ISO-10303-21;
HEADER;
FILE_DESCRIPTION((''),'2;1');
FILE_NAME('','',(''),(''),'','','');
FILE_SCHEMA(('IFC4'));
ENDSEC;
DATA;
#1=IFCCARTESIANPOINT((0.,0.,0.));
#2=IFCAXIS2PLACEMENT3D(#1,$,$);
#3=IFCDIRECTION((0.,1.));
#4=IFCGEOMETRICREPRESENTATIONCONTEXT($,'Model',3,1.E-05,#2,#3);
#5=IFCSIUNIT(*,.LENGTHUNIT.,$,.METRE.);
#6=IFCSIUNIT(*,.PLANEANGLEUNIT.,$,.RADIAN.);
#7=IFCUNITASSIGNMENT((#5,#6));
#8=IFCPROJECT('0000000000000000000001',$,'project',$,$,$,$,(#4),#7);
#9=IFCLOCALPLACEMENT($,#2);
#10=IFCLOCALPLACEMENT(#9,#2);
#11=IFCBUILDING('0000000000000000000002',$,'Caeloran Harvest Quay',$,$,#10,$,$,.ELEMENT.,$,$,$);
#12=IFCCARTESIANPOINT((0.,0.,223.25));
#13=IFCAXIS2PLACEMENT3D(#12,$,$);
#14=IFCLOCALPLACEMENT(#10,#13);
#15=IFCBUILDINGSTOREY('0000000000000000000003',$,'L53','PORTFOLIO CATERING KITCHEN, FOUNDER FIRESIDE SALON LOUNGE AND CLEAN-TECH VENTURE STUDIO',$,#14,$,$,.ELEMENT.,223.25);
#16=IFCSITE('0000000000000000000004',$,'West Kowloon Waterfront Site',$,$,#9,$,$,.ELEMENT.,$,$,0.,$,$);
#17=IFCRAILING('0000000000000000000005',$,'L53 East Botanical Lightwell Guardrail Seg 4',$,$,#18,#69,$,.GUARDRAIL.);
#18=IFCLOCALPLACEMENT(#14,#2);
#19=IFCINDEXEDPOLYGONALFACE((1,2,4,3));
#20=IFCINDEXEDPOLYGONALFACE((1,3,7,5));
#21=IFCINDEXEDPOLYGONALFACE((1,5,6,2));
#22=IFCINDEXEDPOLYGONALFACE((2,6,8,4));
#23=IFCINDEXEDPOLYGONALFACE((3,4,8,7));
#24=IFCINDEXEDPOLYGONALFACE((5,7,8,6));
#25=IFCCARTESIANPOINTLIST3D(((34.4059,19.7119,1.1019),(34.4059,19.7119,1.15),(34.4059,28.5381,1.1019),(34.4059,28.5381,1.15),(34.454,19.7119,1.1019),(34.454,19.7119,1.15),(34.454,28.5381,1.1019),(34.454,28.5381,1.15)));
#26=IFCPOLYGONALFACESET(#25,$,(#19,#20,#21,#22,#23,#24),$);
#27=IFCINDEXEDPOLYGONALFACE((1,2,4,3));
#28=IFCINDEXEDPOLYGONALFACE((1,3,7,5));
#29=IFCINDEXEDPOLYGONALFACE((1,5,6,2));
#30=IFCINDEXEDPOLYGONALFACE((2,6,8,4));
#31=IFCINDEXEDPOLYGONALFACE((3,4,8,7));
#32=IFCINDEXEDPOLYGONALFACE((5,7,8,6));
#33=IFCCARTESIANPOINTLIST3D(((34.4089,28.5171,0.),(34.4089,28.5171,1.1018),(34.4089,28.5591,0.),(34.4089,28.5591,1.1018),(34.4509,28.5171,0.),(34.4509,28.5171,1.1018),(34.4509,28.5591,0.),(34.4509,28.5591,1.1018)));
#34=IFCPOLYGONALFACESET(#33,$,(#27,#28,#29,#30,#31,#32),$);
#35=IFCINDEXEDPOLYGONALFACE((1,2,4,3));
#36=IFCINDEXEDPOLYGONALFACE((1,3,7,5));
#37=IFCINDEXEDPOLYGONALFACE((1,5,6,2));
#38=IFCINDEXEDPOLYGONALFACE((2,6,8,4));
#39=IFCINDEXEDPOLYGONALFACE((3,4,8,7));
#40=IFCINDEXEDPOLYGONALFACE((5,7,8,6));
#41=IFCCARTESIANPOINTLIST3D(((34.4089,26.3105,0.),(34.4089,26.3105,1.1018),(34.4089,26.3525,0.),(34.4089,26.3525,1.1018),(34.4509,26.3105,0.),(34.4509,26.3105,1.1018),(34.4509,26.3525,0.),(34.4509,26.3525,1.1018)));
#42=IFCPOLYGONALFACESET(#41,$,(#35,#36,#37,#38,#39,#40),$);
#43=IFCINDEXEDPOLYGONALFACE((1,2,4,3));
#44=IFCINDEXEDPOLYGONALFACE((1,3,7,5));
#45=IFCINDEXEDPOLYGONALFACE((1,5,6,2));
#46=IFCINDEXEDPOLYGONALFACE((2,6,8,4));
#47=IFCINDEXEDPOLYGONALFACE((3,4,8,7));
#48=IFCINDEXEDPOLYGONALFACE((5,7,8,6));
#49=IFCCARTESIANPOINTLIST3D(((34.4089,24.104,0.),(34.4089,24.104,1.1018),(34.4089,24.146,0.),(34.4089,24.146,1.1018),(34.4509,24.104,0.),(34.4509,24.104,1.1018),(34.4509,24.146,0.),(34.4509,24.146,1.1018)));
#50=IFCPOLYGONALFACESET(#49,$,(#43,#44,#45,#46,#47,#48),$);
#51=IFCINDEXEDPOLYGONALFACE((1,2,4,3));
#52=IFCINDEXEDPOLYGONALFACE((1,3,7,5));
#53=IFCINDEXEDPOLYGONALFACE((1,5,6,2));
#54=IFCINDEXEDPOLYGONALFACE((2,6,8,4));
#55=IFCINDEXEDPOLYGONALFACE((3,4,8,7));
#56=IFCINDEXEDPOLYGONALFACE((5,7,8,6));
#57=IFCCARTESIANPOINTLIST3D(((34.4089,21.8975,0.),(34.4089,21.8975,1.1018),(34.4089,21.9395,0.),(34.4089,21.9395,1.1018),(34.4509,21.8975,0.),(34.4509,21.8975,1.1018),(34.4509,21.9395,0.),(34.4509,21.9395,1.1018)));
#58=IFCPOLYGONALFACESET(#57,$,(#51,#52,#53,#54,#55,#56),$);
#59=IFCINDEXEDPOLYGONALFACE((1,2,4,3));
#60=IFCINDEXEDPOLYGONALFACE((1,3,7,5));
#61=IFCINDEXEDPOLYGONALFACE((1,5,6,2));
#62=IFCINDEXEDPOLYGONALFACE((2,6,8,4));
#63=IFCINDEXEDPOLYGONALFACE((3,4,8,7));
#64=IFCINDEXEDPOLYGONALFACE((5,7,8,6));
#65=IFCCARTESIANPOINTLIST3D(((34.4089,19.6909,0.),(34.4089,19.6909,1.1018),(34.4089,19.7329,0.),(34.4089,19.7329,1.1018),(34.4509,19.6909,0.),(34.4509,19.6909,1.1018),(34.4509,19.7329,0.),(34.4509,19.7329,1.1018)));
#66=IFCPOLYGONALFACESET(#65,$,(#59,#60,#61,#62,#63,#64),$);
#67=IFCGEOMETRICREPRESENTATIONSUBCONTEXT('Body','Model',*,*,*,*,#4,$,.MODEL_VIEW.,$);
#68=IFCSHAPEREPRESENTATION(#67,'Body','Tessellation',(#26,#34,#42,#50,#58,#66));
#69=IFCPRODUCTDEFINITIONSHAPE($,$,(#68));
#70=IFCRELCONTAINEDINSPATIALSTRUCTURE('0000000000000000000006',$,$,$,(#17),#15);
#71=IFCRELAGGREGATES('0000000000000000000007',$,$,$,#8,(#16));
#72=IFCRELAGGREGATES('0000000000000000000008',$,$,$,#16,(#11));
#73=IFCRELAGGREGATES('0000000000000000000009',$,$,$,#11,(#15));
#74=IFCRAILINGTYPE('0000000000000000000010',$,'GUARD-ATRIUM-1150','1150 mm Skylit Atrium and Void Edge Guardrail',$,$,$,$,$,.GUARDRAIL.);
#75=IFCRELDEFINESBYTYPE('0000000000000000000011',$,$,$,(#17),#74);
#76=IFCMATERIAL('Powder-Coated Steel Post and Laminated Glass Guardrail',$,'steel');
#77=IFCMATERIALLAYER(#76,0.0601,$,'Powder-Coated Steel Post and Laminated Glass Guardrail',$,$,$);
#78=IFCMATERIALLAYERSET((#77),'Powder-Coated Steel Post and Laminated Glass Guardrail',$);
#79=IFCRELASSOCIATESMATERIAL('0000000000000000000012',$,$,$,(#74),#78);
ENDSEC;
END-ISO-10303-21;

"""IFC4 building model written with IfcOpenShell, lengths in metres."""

from ifc_helpers import new_model, si_unit, direction, frame, origin, origin_2d, place, context, subcontext, project, spatial, rectangle, extrude, material, layer, layer_set, type_object, element, save


model = new_model("IFC4")

# Units and contexts
model_context = context("Model", 3, precision=1e-05, world=origin(), true_north=direction((0.0, 1.0)))
body_context = subcontext(model_context, "Body", "Model", "MODEL_VIEW")
ifc_project = project(units=[si_unit("LENGTHUNIT", "METRE"), si_unit("PLANEANGLEUNIT", "RADIAN")], contexts=[model_context])

# Site, building, storey
site_placement = place(None, origin())
site = spatial("IfcSite", under=ifc_project, at=site_placement, Name="West Kowloon Waterfront Site", CompositionType="ELEMENT", RefElevation=0.0)
building_placement = place(site_placement, origin())
building = spatial("IfcBuilding", under=site, at=building_placement, Name="Caeloran Harvest Quay", CompositionType="ELEMENT")
storey_placement = place(building_placement, frame((0.0, 0.0, 223.25)))
storey = spatial("IfcBuildingStorey", under=building, at=storey_placement, Name="L53", Description="PORTFOLIO CATERING KITCHEN, FOUNDER FIRESIDE SALON LOUNGE AND CLEAN-TECH VENTURE STUDIO", CompositionType="ELEMENT", Elevation=223.25)

# Railing
ifc_material_1 = material(Name="Powder-Coated Steel Post and Laminated Glass Guardrail", Category="steel")
ifc_layer_1 = layer(ifc_material_1, 0.0601, Name="Powder-Coated Steel Post and Laminated Glass Guardrail")
ifc_layer_set_1 = layer_set([ifc_layer_1], Name="Powder-Coated Steel Post and Laminated Glass Guardrail")
railing_type = type_object("IfcRailingType", Name="GUARD-ATRIUM-1150", Description="1150 mm Skylit Atrium and Void Edge Guardrail", PredefinedType="GUARDRAIL", material=ifc_layer_set_1)
railing_1_placement = place(storey_placement, frame((34.4299, 28.5381, 0.0)))
element("IfcRailing", 1, at=railing_1_placement, inside=storey, type_object=railing_type, Name="L53 East Botanical Lightwell Guardrail Seg 4", PredefinedType="GUARDRAIL", context=body_context, shape_type="SweptSolid", body=[
    extrude(rectangle(XDim=0.0481, YDim=0.0481, at=origin_2d()), frame((0.0, 0.0, 1.126), z_axis=(0.0, -1.0, 0.0), x_axis=(1.0, 0.0, 0.0)), (0.0, 0.0, 1.0), 8.8262),
    extrude(rectangle(XDim=0.042, YDim=0.042, at=origin_2d()), origin(), (0.0, 0.0, 1.0), 1.1018),
    extrude(rectangle(XDim=0.042, YDim=0.042, at=origin_2d()), frame((0.0, -2.2065, 0.0)), (0.0, 0.0, 1.0), 1.1018),
    extrude(rectangle(XDim=0.042, YDim=0.042, at=origin_2d()), frame((0.0, -4.4131, 0.0)), (0.0, 0.0, 1.0), 1.1018),
    extrude(rectangle(XDim=0.042, YDim=0.042, at=origin_2d()), frame((0.0, -6.6196, 0.0)), (0.0, 0.0, 1.0), 1.1018),
    extrude(rectangle(XDim=0.042, YDim=0.042, at=origin_2d()), frame((0.0, -8.8262, 0.0)), (0.0, 0.0, 1.0), 1.1018),
])

save(model, "model.ifc")
